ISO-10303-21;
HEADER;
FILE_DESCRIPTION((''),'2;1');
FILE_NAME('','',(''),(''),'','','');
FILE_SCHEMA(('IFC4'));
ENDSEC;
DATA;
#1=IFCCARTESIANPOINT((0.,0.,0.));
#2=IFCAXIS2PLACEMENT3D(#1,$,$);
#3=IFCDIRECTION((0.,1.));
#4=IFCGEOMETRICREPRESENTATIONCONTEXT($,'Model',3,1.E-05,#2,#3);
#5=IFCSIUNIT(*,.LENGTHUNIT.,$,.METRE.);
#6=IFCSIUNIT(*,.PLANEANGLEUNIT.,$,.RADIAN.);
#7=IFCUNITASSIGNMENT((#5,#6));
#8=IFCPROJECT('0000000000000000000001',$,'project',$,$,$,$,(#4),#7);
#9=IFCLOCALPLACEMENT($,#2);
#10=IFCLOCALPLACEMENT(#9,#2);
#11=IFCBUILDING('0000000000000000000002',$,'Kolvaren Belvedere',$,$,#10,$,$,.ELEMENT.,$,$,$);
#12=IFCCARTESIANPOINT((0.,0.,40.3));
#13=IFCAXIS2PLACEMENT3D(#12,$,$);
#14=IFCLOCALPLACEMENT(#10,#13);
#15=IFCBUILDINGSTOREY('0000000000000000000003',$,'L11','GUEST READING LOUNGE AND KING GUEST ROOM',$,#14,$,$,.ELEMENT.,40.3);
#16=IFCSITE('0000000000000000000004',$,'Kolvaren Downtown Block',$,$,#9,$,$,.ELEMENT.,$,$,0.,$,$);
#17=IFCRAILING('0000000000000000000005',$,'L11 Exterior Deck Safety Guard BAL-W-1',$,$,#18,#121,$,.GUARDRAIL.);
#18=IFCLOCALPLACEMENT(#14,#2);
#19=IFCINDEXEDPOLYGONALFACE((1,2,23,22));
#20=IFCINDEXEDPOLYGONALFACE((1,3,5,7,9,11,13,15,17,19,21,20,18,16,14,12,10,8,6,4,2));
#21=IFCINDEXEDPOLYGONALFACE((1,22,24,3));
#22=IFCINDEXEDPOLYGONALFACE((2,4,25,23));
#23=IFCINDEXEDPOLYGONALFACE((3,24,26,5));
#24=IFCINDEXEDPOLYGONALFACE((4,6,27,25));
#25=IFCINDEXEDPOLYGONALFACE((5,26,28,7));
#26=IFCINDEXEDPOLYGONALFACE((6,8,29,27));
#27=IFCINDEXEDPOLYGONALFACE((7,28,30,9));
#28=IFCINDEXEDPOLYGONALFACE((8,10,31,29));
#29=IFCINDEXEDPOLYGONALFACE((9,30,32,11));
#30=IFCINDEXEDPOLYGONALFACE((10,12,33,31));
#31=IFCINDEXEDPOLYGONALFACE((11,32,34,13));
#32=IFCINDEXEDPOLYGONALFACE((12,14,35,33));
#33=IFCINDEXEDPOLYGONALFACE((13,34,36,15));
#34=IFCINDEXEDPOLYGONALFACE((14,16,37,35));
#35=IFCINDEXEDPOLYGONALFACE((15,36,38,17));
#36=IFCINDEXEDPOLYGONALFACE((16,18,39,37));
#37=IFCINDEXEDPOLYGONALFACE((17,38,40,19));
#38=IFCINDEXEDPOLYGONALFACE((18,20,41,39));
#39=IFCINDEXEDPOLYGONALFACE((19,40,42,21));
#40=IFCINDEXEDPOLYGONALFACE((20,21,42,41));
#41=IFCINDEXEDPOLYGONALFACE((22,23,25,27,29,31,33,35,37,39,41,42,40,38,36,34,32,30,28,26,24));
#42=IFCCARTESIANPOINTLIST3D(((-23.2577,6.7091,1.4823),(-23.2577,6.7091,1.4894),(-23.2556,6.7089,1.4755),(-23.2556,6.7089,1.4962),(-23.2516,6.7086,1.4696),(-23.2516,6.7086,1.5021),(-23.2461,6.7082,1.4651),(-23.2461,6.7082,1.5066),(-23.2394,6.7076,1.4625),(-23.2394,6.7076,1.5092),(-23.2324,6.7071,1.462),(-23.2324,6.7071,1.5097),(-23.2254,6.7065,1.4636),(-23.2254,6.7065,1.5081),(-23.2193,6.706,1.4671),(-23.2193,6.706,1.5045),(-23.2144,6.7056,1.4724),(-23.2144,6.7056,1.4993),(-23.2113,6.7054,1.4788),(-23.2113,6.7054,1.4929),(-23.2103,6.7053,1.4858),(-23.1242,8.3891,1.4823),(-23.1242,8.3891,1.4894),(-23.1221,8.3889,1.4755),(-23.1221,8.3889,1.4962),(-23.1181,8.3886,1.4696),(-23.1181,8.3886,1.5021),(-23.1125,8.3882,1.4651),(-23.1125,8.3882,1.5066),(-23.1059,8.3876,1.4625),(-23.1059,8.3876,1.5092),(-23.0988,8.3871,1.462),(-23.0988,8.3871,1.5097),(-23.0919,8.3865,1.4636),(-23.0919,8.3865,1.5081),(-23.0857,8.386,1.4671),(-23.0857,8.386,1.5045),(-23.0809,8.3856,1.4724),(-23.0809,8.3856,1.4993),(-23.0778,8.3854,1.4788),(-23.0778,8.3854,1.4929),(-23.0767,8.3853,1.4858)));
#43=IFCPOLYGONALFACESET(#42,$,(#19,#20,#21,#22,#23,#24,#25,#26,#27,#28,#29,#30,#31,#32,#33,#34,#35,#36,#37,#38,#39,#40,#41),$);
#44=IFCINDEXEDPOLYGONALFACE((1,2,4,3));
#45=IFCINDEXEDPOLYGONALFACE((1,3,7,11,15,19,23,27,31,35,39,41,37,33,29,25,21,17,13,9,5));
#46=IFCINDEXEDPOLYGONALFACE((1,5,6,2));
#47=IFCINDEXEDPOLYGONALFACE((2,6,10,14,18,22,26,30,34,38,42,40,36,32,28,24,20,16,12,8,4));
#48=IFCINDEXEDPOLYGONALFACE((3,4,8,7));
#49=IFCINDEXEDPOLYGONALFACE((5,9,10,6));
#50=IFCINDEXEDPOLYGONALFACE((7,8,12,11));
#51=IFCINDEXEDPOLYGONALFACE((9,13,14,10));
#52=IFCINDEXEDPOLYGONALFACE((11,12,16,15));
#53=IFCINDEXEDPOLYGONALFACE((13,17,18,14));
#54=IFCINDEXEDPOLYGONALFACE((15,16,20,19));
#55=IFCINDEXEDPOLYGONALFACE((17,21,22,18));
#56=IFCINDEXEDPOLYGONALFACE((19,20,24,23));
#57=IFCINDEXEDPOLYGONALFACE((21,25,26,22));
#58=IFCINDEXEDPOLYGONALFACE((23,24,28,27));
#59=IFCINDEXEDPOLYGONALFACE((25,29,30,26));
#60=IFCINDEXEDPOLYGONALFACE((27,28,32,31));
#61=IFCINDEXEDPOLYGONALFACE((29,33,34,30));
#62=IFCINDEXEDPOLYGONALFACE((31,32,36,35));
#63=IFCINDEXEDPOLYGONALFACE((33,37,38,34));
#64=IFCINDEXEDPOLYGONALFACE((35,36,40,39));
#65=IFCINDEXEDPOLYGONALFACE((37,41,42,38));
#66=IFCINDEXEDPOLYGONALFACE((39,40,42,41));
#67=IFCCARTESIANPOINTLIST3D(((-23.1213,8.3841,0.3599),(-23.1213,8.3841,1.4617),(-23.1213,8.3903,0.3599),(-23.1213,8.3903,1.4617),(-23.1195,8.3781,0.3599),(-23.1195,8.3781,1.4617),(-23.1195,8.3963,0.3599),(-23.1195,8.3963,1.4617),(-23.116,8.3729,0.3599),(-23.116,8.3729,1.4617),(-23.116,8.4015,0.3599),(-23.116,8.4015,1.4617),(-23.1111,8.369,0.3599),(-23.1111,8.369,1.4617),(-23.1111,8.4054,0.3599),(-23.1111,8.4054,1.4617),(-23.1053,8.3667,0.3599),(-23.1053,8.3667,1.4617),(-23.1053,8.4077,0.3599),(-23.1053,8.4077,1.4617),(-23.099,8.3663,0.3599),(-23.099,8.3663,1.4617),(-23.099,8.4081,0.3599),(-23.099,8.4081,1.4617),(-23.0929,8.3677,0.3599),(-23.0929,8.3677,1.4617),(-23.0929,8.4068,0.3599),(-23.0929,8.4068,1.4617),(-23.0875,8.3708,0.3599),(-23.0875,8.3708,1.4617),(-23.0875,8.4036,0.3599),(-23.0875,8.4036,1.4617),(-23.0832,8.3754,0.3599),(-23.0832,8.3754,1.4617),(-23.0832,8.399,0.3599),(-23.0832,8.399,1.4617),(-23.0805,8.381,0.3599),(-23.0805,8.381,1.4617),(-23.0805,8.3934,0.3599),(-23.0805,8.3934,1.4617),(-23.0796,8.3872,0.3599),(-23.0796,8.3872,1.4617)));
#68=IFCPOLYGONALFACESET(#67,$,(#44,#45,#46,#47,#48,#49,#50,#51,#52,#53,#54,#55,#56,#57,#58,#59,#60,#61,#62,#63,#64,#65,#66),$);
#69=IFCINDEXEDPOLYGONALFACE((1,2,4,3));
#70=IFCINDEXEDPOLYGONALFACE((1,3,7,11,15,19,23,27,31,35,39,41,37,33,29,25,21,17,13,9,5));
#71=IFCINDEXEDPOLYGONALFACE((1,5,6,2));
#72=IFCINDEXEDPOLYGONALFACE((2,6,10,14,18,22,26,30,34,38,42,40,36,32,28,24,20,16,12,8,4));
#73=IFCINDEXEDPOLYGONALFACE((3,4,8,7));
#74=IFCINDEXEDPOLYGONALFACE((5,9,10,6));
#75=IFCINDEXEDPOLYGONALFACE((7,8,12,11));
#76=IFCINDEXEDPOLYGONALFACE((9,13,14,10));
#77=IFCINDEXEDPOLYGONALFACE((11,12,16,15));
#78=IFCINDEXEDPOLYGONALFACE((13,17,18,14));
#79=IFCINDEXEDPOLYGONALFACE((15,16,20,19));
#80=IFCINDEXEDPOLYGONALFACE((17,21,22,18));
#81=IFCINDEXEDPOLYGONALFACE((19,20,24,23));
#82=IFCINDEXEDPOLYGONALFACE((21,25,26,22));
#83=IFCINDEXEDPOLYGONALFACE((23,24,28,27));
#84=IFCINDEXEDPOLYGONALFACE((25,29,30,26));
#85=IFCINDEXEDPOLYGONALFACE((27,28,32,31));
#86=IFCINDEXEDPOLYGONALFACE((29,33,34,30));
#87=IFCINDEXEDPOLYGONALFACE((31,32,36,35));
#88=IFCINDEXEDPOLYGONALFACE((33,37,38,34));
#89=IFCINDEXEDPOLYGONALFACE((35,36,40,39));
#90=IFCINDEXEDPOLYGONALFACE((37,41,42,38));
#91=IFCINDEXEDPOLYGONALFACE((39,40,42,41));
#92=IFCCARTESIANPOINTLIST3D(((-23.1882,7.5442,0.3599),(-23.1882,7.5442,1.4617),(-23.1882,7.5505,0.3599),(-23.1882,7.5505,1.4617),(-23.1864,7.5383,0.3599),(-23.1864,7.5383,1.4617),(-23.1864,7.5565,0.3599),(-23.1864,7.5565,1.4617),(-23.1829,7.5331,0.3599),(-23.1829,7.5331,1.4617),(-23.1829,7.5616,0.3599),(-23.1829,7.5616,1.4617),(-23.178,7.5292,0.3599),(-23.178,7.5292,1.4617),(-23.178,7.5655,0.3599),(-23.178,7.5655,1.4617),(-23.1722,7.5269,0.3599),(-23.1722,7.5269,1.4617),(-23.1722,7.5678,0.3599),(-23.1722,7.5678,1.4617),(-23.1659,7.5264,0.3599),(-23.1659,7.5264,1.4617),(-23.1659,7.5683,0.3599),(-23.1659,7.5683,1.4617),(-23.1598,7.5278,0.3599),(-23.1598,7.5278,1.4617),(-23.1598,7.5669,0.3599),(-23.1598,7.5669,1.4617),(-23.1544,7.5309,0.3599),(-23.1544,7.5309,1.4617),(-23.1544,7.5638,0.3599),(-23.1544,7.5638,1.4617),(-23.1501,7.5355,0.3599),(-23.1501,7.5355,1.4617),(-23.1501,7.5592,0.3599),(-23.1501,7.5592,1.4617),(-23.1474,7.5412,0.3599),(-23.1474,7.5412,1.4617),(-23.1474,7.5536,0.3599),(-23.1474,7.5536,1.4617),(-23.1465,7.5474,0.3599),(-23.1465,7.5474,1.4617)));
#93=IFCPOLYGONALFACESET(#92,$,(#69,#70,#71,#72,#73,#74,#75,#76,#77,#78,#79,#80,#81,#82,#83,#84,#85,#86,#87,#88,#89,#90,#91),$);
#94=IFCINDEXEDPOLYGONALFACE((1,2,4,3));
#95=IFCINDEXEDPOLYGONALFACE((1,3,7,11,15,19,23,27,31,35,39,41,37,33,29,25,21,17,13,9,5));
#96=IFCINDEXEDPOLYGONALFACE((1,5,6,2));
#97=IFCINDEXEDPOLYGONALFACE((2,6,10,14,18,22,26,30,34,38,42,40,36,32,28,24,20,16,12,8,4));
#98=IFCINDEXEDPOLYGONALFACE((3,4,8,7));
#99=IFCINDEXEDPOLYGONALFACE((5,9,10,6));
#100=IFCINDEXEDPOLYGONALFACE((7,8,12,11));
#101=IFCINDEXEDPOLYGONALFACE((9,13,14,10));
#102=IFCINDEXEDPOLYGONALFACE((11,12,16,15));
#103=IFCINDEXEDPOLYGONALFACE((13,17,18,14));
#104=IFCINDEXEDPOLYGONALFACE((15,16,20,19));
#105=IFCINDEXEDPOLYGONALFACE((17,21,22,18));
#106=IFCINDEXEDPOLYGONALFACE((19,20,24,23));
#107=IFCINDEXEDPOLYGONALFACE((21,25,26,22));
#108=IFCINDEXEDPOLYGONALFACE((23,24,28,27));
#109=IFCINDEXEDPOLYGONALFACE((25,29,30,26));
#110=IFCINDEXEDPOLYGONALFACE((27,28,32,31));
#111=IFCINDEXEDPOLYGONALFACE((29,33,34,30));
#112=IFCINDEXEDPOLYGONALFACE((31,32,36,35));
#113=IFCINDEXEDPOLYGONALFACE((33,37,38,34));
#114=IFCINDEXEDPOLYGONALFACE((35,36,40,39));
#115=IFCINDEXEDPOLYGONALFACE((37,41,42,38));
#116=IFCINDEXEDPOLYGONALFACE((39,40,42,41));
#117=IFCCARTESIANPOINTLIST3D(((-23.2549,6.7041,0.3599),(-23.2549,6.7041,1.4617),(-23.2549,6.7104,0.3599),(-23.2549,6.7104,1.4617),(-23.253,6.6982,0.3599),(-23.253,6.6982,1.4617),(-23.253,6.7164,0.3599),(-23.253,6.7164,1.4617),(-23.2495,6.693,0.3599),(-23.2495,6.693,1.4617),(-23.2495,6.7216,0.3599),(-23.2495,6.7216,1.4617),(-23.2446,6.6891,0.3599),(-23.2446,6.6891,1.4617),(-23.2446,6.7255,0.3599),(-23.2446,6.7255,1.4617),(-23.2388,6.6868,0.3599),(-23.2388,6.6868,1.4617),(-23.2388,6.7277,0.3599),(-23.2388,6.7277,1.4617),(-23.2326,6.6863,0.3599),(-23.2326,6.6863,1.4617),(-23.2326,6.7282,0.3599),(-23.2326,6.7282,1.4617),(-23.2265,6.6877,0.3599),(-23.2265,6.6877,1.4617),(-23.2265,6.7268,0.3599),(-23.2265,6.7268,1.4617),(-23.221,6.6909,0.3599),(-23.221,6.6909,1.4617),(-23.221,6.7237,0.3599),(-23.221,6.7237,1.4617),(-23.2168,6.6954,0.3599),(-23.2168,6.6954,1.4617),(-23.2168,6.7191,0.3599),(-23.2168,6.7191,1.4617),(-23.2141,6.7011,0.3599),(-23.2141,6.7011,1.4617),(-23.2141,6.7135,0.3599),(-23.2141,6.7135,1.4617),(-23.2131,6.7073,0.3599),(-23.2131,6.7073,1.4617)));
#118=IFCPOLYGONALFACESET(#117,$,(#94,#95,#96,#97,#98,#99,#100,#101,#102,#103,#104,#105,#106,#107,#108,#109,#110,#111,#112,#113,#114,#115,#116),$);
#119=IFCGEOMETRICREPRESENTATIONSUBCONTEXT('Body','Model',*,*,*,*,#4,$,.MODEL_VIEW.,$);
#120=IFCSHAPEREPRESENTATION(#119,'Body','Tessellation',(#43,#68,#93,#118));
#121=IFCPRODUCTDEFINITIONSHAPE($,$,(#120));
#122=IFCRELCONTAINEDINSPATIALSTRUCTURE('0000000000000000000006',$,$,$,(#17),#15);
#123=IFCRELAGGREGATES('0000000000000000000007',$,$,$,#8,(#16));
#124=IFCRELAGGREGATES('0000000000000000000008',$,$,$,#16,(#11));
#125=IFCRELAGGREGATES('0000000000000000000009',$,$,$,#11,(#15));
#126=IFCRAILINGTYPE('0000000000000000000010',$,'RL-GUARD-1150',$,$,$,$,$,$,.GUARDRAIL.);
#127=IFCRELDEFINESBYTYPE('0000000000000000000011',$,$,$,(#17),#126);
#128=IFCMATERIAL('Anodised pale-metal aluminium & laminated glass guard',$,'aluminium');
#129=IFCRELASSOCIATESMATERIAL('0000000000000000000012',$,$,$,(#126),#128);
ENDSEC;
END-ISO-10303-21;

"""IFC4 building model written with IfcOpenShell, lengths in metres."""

from ifc_helpers import new_model, si_unit, direction, frame, origin, origin_2d, place, context, subcontext, project, spatial, circle, extrude, material, type_object, element, save


model = new_model("IFC4")

# Units and contexts
model_context = context("Model", 3, precision=1e-05, world=origin(), true_north=direction((0.0, 1.0)))
body_context = subcontext(model_context, "Body", "Model", "MODEL_VIEW")
ifc_project = project(units=[si_unit("LENGTHUNIT", "METRE"), si_unit("PLANEANGLEUNIT", "RADIAN")], contexts=[model_context])

# Site, building, storey
site_placement = place(None, origin())
site = spatial("IfcSite", under=ifc_project, at=site_placement, Name="Kolvaren Downtown Block", CompositionType="ELEMENT", RefElevation=0.0)
building_placement = place(site_placement, origin())
building = spatial("IfcBuilding", under=site, at=building_placement, Name="Kolvaren Belvedere", CompositionType="ELEMENT")
storey_placement = place(building_placement, frame((0.0, 0.0, 40.3)))
storey = spatial("IfcBuildingStorey", under=building, at=storey_placement, Name="L11", Description="GUEST READING LOUNGE AND KING GUEST ROOM", CompositionType="ELEMENT", Elevation=40.3)

# Railing
ifc_material_1 = material(Name="Anodised pale-metal aluminium & laminated glass guard", Category="aluminium")
railing_type = type_object("IfcRailingType", Name="RL-GUARD-1150", PredefinedType="GUARDRAIL", material=ifc_material_1)
railing_1_placement = place(storey_placement, frame((-23.1006, 8.3872, 0.3599)))
element("IfcRailing", 1, at=railing_1_placement, inside=storey, type_object=railing_type, Name="L11 Exterior Deck Safety Guard BAL-W-1", PredefinedType="GUARDRAIL", context=body_context, shape_type="SweptSolid", body=[
    extrude(circle(Radius=0.0239, at=origin_2d()), frame((0.0, 0.0, 1.126), z_axis=(-0.079244, -0.996855, 0.0), x_axis=(0.996855, -0.079244, 0.0)), (0.0, 0.0, 1.0), 1.6853),
    extrude(circle(Radius=0.021, at=origin_2d()), origin(), (0.0, 0.0, 1.0), 1.1018),
    extrude(circle(Radius=0.021, at=origin_2d()), frame((-0.0669, -0.8398, 0.0)), (0.0, 0.0, 1.0), 1.1018),
    extrude(circle(Radius=0.021, at=origin_2d()), frame((-0.1335, -1.6799, 0.0)), (0.0, 0.0, 1.0), 1.1018),
])

save(model, "model.ifc")
